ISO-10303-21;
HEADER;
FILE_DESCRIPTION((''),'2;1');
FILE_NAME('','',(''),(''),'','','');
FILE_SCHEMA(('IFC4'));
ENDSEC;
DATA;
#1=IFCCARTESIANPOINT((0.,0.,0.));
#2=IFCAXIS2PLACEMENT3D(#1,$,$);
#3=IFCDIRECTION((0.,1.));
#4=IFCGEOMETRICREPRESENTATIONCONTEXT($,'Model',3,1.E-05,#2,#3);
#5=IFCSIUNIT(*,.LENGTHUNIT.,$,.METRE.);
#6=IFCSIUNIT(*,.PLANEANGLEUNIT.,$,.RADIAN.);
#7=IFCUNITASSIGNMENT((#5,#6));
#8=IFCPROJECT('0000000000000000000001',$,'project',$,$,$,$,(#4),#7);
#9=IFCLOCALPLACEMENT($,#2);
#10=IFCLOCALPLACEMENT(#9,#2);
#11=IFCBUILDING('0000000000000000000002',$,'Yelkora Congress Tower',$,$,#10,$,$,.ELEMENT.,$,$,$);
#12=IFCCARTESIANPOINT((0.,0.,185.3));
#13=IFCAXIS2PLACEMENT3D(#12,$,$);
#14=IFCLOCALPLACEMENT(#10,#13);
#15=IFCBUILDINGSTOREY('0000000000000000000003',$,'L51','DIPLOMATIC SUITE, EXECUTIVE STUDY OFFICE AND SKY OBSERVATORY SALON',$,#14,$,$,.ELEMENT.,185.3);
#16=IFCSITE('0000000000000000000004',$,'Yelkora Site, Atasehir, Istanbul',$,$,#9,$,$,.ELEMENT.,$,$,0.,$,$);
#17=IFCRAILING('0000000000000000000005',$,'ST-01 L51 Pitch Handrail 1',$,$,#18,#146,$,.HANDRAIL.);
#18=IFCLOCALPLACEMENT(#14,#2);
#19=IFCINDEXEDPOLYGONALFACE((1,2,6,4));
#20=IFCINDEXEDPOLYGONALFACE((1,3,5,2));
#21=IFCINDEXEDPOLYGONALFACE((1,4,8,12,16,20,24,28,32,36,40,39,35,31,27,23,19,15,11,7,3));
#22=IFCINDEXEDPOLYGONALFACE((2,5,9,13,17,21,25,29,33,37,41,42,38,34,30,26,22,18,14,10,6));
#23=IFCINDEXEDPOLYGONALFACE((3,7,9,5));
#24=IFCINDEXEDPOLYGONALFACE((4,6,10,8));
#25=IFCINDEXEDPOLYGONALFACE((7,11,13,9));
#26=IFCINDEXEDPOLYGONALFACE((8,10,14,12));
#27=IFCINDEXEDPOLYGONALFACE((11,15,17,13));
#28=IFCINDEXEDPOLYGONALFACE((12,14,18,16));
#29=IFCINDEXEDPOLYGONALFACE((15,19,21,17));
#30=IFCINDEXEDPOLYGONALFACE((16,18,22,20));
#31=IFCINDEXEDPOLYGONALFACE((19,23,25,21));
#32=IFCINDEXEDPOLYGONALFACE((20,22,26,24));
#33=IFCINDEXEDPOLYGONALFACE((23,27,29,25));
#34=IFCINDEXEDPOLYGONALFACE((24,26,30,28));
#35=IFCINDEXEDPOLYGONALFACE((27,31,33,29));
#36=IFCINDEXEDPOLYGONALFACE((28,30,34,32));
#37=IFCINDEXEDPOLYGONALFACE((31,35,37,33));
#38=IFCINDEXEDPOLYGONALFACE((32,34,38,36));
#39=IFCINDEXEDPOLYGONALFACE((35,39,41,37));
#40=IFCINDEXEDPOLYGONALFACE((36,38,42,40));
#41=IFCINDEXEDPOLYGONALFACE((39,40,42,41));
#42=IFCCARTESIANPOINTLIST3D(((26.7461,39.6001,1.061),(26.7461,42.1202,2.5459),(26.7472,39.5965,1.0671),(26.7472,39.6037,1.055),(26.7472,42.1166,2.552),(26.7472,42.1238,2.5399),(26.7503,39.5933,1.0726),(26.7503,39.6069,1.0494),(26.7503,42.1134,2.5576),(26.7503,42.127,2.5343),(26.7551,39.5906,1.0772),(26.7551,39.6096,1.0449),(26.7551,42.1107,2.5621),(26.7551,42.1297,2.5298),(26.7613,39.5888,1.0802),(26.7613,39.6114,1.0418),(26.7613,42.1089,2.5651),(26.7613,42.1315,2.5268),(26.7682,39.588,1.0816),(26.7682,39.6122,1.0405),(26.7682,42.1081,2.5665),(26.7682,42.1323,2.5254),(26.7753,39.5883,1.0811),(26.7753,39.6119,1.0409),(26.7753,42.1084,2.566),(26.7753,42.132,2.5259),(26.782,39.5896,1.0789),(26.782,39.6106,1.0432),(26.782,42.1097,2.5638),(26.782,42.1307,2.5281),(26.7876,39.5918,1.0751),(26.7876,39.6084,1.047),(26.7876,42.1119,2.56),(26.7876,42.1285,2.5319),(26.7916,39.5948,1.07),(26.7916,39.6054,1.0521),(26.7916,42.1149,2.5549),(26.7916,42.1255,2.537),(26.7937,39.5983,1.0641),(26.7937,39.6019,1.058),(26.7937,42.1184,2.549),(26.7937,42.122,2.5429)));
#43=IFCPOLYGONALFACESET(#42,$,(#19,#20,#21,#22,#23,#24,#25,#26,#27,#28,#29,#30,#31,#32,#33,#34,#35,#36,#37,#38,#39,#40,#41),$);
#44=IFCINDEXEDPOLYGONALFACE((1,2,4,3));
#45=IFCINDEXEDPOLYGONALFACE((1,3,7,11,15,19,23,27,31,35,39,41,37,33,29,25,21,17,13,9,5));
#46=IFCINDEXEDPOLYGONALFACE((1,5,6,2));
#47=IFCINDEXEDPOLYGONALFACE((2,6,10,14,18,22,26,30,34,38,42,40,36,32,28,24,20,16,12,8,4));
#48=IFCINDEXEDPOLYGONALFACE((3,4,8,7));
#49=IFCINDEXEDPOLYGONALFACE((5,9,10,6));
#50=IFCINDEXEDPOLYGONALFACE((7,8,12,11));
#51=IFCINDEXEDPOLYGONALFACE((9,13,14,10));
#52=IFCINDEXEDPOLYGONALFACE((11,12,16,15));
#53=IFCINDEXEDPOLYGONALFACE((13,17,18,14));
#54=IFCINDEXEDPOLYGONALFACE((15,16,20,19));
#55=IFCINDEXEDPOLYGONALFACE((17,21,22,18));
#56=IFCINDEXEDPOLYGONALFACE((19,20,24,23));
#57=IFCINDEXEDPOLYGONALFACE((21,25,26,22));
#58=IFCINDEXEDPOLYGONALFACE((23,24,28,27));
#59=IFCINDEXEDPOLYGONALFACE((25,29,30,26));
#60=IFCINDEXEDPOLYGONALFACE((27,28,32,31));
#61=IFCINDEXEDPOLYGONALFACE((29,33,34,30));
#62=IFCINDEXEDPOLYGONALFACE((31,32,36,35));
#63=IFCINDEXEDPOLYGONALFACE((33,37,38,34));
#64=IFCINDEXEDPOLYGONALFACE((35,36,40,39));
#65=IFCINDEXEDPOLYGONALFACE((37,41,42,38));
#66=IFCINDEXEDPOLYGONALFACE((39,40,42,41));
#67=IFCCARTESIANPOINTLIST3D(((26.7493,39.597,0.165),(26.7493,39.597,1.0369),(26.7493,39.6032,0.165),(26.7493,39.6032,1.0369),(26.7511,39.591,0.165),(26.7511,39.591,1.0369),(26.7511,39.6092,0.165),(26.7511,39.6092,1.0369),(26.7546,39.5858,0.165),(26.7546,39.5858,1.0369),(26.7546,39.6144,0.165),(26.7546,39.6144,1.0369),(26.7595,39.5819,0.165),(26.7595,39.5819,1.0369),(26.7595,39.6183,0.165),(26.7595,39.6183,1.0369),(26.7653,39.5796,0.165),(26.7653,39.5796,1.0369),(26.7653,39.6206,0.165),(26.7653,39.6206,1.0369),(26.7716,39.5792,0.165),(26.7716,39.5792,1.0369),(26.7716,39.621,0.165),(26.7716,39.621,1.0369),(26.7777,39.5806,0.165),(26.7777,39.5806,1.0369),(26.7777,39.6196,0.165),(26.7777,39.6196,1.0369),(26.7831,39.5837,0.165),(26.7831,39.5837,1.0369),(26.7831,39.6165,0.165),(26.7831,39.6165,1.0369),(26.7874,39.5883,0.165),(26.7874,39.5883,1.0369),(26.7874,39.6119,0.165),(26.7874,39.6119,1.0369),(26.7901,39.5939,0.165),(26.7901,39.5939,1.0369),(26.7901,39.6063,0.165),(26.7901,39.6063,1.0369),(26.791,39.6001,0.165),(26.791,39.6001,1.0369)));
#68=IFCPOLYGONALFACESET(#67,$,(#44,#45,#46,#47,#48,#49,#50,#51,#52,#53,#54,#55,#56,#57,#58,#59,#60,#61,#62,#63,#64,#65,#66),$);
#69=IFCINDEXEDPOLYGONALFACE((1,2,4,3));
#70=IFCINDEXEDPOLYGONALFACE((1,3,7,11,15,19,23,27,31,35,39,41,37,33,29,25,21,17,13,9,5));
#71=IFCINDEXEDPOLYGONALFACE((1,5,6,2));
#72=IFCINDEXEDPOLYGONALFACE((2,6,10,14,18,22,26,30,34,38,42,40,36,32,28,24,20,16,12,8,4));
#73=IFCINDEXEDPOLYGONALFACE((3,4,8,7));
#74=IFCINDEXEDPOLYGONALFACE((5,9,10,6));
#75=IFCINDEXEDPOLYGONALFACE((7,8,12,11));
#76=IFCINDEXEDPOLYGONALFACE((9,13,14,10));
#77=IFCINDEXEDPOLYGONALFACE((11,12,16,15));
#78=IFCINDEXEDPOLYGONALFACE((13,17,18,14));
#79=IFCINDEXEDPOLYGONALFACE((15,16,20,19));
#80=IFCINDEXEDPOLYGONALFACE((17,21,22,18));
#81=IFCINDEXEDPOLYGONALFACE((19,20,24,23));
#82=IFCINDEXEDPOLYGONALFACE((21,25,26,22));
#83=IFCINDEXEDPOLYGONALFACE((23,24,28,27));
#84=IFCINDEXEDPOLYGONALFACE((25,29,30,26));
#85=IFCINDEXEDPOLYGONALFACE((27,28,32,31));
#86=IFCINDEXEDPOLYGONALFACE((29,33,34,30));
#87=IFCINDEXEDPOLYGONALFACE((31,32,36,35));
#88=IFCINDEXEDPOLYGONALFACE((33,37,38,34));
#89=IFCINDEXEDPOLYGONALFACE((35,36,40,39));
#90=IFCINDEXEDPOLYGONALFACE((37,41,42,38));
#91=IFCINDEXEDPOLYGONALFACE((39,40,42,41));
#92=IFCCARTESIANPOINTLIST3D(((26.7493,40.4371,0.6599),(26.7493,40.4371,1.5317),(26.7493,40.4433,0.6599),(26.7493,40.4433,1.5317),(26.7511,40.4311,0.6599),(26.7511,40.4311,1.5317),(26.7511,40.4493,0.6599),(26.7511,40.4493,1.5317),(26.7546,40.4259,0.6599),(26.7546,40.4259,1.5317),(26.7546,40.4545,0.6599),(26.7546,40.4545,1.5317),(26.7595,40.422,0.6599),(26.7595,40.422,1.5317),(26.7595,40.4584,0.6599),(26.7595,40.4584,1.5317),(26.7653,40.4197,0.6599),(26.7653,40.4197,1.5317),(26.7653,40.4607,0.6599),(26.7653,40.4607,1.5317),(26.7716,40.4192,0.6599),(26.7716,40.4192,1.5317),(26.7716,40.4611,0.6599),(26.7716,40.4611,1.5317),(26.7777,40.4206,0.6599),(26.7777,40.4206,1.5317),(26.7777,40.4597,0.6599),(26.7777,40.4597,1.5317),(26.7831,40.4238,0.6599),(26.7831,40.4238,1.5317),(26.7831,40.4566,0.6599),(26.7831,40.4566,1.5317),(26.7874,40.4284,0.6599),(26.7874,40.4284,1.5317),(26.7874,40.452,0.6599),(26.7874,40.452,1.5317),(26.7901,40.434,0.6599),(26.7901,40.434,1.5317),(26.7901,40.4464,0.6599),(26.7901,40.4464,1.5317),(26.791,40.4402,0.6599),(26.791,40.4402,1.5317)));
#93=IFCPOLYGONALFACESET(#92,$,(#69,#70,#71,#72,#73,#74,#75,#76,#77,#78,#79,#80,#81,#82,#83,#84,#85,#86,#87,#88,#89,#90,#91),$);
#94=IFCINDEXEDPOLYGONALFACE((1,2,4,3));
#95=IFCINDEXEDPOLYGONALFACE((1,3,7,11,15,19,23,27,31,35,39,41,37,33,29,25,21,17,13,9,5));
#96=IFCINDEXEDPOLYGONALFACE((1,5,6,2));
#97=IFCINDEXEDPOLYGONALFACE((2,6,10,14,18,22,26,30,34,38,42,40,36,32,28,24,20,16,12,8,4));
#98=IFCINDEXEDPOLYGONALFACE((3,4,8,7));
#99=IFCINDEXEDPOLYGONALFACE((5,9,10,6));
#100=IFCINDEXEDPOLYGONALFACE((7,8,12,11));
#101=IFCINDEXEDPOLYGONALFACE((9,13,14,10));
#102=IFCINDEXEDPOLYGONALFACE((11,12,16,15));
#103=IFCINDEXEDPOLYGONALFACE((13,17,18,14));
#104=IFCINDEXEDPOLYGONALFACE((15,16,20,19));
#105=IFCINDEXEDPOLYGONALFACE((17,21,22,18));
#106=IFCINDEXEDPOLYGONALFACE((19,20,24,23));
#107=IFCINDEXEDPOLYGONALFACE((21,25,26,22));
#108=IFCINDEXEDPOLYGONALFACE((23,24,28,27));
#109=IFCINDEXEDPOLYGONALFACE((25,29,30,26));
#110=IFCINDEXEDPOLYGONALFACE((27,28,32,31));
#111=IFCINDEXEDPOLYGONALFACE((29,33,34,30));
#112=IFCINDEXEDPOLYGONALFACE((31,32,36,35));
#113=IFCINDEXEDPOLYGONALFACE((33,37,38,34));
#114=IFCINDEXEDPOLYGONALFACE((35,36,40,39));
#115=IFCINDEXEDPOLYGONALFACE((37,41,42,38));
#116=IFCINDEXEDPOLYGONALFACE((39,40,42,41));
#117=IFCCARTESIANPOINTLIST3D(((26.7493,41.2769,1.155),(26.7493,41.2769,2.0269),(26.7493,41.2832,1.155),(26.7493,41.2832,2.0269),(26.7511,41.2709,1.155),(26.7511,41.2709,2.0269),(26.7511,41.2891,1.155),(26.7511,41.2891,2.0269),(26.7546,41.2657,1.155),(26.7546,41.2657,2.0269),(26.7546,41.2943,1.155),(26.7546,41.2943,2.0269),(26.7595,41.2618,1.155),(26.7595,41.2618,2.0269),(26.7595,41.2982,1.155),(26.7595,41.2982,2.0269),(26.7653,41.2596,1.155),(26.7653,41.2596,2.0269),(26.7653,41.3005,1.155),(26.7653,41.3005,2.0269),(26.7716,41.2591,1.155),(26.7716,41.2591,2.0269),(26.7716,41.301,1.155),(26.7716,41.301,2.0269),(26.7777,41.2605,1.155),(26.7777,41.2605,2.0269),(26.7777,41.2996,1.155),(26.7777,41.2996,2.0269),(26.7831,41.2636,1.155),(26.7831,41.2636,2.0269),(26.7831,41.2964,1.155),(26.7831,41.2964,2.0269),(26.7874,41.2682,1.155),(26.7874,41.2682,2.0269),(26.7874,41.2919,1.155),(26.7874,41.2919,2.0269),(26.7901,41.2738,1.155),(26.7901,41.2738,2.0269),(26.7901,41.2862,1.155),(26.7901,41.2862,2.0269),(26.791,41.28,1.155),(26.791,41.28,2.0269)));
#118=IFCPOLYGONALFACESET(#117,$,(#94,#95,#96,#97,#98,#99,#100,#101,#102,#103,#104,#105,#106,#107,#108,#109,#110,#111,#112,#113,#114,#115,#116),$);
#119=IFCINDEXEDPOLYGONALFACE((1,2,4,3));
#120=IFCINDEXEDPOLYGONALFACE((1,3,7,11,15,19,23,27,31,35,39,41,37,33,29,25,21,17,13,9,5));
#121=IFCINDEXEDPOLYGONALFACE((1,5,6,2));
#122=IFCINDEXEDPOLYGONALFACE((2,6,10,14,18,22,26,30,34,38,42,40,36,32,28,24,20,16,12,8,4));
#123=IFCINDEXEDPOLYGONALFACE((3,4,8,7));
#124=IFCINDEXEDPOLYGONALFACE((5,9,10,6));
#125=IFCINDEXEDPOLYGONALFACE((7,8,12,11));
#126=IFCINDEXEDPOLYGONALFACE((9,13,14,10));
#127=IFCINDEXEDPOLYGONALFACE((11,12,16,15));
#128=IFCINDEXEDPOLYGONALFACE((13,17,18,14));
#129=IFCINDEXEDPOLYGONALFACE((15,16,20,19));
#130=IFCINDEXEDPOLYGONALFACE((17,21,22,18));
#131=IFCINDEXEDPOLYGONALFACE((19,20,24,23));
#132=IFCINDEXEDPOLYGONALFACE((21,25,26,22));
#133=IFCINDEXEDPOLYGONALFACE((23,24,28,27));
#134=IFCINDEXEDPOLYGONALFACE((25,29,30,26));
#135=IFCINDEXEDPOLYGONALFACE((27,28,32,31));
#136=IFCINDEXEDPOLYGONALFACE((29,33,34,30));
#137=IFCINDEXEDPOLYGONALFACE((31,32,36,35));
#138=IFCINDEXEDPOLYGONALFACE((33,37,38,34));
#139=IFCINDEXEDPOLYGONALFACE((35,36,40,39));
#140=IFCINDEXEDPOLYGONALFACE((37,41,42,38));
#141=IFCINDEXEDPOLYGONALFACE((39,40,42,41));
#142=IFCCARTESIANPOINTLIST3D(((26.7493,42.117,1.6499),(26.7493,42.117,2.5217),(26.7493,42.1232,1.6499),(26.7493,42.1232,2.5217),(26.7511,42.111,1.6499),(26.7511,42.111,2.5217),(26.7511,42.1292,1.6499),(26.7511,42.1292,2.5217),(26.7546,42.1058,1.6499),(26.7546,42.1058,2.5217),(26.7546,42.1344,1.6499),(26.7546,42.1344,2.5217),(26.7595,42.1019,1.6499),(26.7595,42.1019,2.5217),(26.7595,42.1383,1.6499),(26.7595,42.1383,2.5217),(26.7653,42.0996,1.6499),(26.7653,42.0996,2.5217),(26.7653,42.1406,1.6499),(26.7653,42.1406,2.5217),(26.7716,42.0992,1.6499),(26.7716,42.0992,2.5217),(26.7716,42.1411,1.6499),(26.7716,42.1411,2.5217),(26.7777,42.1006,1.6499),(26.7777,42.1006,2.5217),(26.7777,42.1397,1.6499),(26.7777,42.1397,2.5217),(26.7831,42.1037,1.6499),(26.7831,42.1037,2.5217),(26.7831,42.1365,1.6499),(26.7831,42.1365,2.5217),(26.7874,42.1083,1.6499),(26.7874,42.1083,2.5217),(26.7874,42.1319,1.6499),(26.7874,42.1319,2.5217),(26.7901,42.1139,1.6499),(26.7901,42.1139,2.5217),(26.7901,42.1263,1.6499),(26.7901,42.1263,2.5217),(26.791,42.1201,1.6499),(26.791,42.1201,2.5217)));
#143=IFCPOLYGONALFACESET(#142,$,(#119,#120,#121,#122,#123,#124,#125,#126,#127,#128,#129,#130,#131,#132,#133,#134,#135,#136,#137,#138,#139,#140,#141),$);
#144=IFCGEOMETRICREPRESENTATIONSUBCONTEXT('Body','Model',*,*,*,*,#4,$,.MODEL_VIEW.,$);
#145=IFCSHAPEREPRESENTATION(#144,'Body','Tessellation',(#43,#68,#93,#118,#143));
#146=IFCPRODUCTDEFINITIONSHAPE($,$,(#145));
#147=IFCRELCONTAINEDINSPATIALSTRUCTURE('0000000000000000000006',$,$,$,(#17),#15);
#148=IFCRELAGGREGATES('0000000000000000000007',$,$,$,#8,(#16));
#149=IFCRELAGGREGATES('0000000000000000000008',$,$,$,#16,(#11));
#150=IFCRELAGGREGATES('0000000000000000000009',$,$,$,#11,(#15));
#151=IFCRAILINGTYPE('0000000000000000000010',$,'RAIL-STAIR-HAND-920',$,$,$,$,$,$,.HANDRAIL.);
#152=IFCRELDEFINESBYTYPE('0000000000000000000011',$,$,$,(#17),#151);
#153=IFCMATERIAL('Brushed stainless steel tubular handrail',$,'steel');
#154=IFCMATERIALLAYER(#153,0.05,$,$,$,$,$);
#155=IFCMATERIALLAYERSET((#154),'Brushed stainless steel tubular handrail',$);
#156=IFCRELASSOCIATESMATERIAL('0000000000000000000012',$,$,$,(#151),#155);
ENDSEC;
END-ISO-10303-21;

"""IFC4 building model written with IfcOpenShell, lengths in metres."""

from ifc_helpers import new_model, si_unit, direction, frame, origin, origin_2d, place, context, subcontext, project, spatial, circle, extrude, material, layer, layer_set, type_object, element, save


model = new_model("IFC4")

# Units and contexts
model_context = context("Model", 3, precision=1e-05, world=origin(), true_north=direction((0.0, 1.0)))
body_context = subcontext(model_context, "Body", "Model", "MODEL_VIEW")
ifc_project = project(units=[si_unit("LENGTHUNIT", "METRE"), si_unit("PLANEANGLEUNIT", "RADIAN")], contexts=[model_context])

# Site, building, storey
site_placement = place(None, origin())
site = spatial("IfcSite", under=ifc_project, at=site_placement, Name="Yelkora Site, Atasehir, Istanbul", CompositionType="ELEMENT", RefElevation=0.0)
building_placement = place(site_placement, origin())
building = spatial("IfcBuilding", under=site, at=building_placement, Name="Yelkora Congress Tower", CompositionType="ELEMENT")
storey_placement = place(building_placement, frame((0.0, 0.0, 185.3)))
storey = spatial("IfcBuildingStorey", under=building, at=storey_placement, Name="L51", Description="DIPLOMATIC SUITE, EXECUTIVE STUDY OFFICE AND SKY OBSERVATORY SALON", CompositionType="ELEMENT", Elevation=185.3)

# Railing
ifc_material_1 = material(Name="Brushed stainless steel tubular handrail", Category="steel")
ifc_layer_1 = layer(ifc_material_1, 0.05)
ifc_layer_set_1 = layer_set([ifc_layer_1], Name="Brushed stainless steel tubular handrail")
railing_type_1 = type_object("IfcRailingType", Name="RAIL-STAIR-HAND-920", PredefinedType="HANDRAIL", material=ifc_layer_set_1)
railing_1_placement = place(storey_placement, frame((26.77, 39.6001, 0.165)))
element("IfcRailing", 1, at=railing_1_placement, inside=storey, type_object=railing_type_1, Name="ST-01 L51 Pitch Handrail 1", PredefinedType="HANDRAIL", context=body_context, shape_type="SweptSolid", body=[
    extrude(circle(Radius=0.0239, at=origin_2d()), frame((0.0, 0.0, 0.896), z_axis=(0.0, 0.861561, 0.507655), x_axis=(-1.0, 0.0, 0.0)), (0.0, 0.0, 1.0), 2.925),
    extrude(circle(Radius=0.021, at=origin_2d()), origin(), (0.0, 0.0, 1.0), 0.8718),
    extrude(circle(Radius=0.021, at=origin_2d()), frame((0.0, 0.8401, 0.4949)), (0.0, 0.0, 1.0), 0.8718),
    extrude(circle(Radius=0.021, at=origin_2d()), frame((0.0, 1.6799, 0.99)), (0.0, 0.0, 1.0), 0.8718),
    extrude(circle(Radius=0.021, at=origin_2d()), frame((0.0, 2.52, 1.4849)), (0.0, 0.0, 1.0), 0.8718),
])

save(model, "model.ifc")
